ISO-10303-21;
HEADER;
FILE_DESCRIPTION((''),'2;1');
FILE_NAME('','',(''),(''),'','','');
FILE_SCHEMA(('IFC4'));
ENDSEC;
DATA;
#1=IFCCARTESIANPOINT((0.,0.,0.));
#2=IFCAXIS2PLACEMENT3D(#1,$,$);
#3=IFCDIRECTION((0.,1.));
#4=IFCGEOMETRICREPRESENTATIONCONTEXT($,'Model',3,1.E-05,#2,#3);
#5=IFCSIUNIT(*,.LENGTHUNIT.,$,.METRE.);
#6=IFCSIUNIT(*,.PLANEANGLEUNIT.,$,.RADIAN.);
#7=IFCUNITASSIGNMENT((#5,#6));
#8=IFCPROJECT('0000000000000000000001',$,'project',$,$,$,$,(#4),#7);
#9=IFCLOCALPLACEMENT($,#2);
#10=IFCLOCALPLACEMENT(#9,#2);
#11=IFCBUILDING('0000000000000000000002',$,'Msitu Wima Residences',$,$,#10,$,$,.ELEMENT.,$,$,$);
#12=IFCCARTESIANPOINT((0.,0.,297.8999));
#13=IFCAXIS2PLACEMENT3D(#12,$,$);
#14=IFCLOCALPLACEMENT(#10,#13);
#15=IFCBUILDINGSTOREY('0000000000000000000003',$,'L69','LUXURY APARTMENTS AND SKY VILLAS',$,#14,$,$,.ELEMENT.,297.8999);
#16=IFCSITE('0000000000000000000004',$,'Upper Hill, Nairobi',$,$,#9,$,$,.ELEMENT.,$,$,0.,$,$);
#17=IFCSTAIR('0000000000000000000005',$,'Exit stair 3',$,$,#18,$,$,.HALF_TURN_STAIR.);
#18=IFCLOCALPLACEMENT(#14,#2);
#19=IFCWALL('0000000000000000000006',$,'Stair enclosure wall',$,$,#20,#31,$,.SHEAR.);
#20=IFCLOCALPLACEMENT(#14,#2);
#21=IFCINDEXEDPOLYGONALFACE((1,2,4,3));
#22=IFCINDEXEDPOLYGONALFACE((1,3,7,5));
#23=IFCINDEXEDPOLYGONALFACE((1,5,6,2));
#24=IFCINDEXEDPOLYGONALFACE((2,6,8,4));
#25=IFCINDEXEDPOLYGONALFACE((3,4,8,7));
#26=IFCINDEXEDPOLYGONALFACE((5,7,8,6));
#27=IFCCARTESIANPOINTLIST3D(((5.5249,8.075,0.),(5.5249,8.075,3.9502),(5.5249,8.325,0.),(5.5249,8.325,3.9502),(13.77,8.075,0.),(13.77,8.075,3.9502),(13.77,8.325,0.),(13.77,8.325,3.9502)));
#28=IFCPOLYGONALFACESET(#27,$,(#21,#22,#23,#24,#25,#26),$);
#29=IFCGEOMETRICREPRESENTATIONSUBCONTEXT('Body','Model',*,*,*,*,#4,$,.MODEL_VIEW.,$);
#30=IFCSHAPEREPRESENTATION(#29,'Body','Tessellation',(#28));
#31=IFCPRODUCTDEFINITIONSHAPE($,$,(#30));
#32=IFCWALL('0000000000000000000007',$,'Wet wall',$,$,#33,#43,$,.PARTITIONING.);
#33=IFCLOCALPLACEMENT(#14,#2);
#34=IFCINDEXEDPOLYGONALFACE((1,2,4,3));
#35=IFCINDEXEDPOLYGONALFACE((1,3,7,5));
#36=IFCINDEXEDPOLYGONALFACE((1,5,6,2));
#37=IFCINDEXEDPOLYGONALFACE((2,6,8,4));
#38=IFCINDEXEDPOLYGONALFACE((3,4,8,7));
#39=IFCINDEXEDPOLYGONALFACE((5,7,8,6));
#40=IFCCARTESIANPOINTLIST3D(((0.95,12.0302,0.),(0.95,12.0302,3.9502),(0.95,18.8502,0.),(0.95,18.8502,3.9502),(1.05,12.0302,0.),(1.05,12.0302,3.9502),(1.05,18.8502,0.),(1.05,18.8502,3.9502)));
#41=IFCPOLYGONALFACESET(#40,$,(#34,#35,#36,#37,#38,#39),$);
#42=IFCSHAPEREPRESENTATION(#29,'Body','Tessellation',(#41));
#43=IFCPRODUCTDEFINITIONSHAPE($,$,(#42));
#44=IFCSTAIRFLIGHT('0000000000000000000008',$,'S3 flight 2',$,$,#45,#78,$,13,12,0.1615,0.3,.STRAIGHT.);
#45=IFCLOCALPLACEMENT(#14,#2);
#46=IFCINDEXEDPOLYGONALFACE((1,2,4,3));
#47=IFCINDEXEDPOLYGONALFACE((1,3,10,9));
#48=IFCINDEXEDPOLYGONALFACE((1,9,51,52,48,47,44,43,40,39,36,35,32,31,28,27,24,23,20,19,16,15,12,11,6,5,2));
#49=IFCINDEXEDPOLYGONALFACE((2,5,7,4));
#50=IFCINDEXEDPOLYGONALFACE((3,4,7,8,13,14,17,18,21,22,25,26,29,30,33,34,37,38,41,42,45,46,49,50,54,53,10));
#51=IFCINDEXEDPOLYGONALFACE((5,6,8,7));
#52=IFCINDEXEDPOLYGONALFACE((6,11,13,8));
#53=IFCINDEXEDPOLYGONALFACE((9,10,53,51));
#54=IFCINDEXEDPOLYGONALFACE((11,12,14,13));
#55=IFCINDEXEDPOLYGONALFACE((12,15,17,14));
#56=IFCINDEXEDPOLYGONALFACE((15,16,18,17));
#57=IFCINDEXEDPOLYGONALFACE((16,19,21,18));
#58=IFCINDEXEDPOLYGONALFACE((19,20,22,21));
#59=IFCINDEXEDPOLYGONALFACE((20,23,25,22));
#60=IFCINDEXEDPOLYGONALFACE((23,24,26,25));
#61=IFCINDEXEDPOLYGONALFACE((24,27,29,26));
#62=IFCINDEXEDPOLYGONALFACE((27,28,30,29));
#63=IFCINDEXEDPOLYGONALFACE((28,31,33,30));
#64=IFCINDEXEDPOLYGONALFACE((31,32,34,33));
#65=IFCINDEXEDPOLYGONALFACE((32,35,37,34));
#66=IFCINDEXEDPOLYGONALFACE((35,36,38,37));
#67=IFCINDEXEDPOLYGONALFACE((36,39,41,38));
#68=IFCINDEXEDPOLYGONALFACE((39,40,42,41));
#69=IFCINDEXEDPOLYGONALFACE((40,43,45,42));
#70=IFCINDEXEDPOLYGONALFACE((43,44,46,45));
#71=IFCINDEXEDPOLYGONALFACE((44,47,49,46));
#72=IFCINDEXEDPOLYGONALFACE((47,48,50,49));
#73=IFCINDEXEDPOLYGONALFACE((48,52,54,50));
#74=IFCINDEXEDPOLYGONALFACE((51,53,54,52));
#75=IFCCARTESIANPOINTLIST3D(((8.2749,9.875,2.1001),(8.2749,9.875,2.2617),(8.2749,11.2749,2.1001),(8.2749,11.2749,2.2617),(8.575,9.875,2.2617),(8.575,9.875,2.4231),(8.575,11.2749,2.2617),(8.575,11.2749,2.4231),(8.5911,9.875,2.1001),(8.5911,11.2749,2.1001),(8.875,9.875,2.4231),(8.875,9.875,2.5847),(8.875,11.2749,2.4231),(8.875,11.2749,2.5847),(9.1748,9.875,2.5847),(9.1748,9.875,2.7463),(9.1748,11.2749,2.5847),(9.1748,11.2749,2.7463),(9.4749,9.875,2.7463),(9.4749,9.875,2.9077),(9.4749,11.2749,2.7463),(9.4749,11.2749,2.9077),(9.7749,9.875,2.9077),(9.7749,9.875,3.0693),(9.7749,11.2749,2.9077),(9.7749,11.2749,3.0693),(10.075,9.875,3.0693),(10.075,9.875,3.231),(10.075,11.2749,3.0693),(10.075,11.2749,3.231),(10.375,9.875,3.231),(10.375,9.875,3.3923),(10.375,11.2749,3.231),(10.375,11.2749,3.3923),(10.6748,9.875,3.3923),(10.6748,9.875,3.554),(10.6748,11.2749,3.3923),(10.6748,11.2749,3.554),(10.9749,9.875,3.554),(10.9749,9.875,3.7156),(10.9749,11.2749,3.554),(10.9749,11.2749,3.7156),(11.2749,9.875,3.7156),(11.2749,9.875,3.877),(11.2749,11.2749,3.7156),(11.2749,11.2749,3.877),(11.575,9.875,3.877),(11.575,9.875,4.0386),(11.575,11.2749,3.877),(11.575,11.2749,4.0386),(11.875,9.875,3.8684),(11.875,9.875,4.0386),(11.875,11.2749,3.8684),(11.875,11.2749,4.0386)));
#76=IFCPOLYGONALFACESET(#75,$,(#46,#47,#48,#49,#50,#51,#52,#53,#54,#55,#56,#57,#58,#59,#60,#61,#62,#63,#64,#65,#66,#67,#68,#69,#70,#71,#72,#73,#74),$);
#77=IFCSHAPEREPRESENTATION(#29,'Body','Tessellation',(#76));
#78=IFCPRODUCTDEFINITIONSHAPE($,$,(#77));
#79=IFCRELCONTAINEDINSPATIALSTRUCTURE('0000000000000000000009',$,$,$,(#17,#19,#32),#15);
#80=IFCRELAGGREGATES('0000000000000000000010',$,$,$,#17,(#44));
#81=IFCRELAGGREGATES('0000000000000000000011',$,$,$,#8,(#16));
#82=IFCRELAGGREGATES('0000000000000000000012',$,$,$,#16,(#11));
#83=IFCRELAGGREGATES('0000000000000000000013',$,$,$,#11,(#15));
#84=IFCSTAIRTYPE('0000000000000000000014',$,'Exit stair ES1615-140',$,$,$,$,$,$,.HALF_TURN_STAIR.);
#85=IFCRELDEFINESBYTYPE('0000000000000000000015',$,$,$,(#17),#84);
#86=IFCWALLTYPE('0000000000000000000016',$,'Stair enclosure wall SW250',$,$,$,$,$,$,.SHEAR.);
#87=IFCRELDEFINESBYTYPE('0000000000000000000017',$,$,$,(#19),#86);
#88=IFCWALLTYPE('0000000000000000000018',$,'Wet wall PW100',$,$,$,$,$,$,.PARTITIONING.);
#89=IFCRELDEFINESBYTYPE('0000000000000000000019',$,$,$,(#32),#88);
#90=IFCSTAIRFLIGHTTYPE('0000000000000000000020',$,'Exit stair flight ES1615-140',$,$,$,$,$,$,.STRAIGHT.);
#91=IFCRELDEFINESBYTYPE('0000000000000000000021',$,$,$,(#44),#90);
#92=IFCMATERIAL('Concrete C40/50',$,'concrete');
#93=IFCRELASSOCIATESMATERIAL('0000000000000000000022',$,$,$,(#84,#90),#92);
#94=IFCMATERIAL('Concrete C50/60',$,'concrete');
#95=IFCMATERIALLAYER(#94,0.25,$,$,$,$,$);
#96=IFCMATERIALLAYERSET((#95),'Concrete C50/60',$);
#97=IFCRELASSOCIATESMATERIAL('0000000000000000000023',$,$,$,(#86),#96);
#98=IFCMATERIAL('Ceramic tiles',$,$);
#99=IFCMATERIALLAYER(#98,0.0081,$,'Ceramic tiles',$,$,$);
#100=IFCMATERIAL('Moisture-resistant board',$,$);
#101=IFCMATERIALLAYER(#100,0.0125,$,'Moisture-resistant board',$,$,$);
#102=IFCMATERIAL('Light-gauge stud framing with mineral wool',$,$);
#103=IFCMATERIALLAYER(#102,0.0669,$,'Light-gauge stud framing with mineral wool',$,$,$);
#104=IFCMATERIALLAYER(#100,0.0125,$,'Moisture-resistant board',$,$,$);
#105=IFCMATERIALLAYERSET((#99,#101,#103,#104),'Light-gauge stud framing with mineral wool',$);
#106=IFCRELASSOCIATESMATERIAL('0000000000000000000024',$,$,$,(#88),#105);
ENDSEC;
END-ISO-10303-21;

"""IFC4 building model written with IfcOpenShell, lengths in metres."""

from ifc_helpers import new_model, si_unit, direction, frame, frame_2d, origin, place, context, subcontext, project, spatial, polyline, rectangle, outline, extrude, material, layer, layer_set, type_object, element, aggregate, save


model = new_model("IFC4")

# Units and contexts
model_context = context("Model", 3, precision=1e-05, world=origin(), true_north=direction((0.0, 1.0)))
body_context = subcontext(model_context, "Body", "Model", "MODEL_VIEW")
ifc_project = project(units=[si_unit("LENGTHUNIT", "METRE"), si_unit("PLANEANGLEUNIT", "RADIAN")], contexts=[model_context])

# Site, building, storey
site_placement = place(None, origin())
site = spatial("IfcSite", under=ifc_project, at=site_placement, Name="Upper Hill, Nairobi", CompositionType="ELEMENT", RefElevation=0.0)
building_placement = place(site_placement, origin())
building = spatial("IfcBuilding", under=site, at=building_placement, Name="Msitu Wima Residences", CompositionType="ELEMENT")
storey_placement = place(building_placement, frame((0.0, 0.0, 297.8999)))
storey = spatial("IfcBuildingStorey", under=building, at=storey_placement, Name="L69", Description="LUXURY APARTMENTS AND SKY VILLAS", CompositionType="ELEMENT", Elevation=297.8999)

# Shared definitions
ifc_material_1 = material(Name="Concrete C40/50", Category="concrete")

# Stair
stair_type = type_object("IfcStairType", Name="Exit stair ES1615-140", PredefinedType="HALF_TURN_STAIR", material=ifc_material_1)
stair_1_placement = place(storey_placement, origin())
stair_1 = element("IfcStair", 1, at=stair_1_placement, inside=storey, type_object=stair_type, Name="Exit stair 3", PredefinedType="HALF_TURN_STAIR")

# Walls
ifc_material_2 = material(Name="Light-gauge stud framing with mineral wool")
ifc_material_3 = material(Name="Concrete C50/60", Category="concrete")
ifc_layer_1 = layer(ifc_material_3, 0.25)
ifc_layer_set_1 = layer_set([ifc_layer_1], Name="Concrete C50/60")
wall_type_1 = type_object("IfcWallType", Name="Stair enclosure wall SW250", PredefinedType="SHEAR", material=ifc_layer_set_1)
wall_1_placement = place(storey_placement, frame((5.5249, 8.2, 0.0), z_axis=(0.0, 0.0, 1.0), x_axis=(1.0, 0.0, 0.0)))
element("IfcWall", 2, at=wall_1_placement, inside=storey, type_object=wall_type_1, Name="Stair enclosure wall", PredefinedType="SHEAR", context=body_context, shape_type="SweptSolid", body=[
    extrude(rectangle(XDim=8.2451, YDim=0.25, at=frame_2d((4.1226, 0.0))), origin(), (0.0, 0.0, 1.0), 3.9502),
])
ifc_material_4 = material(Name="Ceramic tiles")
ifc_layer_2 = layer(ifc_material_4, 0.0081, Name="Ceramic tiles")
ifc_material_5 = material(Name="Moisture-resistant board")
ifc_layer_3 = layer(ifc_material_5, 0.0125, Name="Moisture-resistant board")
ifc_layer_4 = layer(ifc_material_2, 0.0669, Name="Light-gauge stud framing with mineral wool")
ifc_layer_5 = layer(ifc_material_5, 0.0125, Name="Moisture-resistant board")
ifc_layer_set_2 = layer_set([ifc_layer_2, ifc_layer_3, ifc_layer_4, ifc_layer_5], Name="Light-gauge stud framing with mineral wool")
wall_type_2 = type_object("IfcWallType", Name="Wet wall PW100", PredefinedType="PARTITIONING", material=ifc_layer_set_2)
wall_2_placement = place(storey_placement, frame((1.0, 12.03, 0.0), z_axis=(0.0, 0.0, 1.0), x_axis=(0.0, 1.0, 0.0)))
element("IfcWall", 3, at=wall_2_placement, inside=storey, type_object=wall_type_2, Name="Wet wall", PredefinedType="PARTITIONING", context=body_context, shape_type="SweptSolid", body=[
    extrude(rectangle(XDim=6.8201, YDim=0.1001, at=frame_2d((3.4102, 0.0))), origin(), (0.0, 0.0, 1.0), 3.9502),
])

# Stair flight
stair_flight_type = type_object("IfcStairFlightType", Name="Exit stair flight ES1615-140", PredefinedType="STRAIGHT", material=ifc_material_1)
stair_flight_placement = place(storey_placement, frame((8.2749, 10.575, 2.1001), z_axis=(0.0, 0.0, 1.0), x_axis=(1.0, 0.0, 0.0)))
stair_flight = element("IfcStairFlight", 4, at=stair_flight_placement, type_object=stair_flight_type, Name="S3 flight 2", NumberOfRisers=13, NumberOfTreads=12, PredefinedType="STRAIGHT", RiserHeight=0.1615, TreadLength=0.3, context=body_context, shape_type="SweptSolid", body=[
    extrude(outline(polyline([(0.0, 0.0), (0.0, 0.1616), (0.3, 0.1616), (0.3, 0.323), (0.6001, 0.323), (0.6001, 0.4846), (0.8999, 0.4846), (0.8999, 0.6462), (1.2, 0.6462), (1.2, 0.8076), (1.5, 0.8076), (1.5, 0.9692), (1.8, 0.9692), (1.8, 1.1309), (2.1001, 1.1309), (2.1001, 1.2922), (2.3999, 1.2922), (2.3999, 1.4539), (2.7, 1.4539), (2.7, 1.6155), (3.0, 1.6155), (3.0, 1.7769), (3.3, 1.7769), (3.3, 1.9385), (3.6001, 1.9385), (3.6001, 2.1001), (3.6001, 1.7683), (0.3162, 0.0), (0.0, 0.0)])), frame((0.0, 0.7, 0.0), z_axis=(0.0, -1.0, 0.0), x_axis=(1.0, 0.0, 0.0)), (0.0, 0.0, 1.0), 1.3999),
])
aggregate(stair_1, [stair_flight])

save(model, "model.ifc")
